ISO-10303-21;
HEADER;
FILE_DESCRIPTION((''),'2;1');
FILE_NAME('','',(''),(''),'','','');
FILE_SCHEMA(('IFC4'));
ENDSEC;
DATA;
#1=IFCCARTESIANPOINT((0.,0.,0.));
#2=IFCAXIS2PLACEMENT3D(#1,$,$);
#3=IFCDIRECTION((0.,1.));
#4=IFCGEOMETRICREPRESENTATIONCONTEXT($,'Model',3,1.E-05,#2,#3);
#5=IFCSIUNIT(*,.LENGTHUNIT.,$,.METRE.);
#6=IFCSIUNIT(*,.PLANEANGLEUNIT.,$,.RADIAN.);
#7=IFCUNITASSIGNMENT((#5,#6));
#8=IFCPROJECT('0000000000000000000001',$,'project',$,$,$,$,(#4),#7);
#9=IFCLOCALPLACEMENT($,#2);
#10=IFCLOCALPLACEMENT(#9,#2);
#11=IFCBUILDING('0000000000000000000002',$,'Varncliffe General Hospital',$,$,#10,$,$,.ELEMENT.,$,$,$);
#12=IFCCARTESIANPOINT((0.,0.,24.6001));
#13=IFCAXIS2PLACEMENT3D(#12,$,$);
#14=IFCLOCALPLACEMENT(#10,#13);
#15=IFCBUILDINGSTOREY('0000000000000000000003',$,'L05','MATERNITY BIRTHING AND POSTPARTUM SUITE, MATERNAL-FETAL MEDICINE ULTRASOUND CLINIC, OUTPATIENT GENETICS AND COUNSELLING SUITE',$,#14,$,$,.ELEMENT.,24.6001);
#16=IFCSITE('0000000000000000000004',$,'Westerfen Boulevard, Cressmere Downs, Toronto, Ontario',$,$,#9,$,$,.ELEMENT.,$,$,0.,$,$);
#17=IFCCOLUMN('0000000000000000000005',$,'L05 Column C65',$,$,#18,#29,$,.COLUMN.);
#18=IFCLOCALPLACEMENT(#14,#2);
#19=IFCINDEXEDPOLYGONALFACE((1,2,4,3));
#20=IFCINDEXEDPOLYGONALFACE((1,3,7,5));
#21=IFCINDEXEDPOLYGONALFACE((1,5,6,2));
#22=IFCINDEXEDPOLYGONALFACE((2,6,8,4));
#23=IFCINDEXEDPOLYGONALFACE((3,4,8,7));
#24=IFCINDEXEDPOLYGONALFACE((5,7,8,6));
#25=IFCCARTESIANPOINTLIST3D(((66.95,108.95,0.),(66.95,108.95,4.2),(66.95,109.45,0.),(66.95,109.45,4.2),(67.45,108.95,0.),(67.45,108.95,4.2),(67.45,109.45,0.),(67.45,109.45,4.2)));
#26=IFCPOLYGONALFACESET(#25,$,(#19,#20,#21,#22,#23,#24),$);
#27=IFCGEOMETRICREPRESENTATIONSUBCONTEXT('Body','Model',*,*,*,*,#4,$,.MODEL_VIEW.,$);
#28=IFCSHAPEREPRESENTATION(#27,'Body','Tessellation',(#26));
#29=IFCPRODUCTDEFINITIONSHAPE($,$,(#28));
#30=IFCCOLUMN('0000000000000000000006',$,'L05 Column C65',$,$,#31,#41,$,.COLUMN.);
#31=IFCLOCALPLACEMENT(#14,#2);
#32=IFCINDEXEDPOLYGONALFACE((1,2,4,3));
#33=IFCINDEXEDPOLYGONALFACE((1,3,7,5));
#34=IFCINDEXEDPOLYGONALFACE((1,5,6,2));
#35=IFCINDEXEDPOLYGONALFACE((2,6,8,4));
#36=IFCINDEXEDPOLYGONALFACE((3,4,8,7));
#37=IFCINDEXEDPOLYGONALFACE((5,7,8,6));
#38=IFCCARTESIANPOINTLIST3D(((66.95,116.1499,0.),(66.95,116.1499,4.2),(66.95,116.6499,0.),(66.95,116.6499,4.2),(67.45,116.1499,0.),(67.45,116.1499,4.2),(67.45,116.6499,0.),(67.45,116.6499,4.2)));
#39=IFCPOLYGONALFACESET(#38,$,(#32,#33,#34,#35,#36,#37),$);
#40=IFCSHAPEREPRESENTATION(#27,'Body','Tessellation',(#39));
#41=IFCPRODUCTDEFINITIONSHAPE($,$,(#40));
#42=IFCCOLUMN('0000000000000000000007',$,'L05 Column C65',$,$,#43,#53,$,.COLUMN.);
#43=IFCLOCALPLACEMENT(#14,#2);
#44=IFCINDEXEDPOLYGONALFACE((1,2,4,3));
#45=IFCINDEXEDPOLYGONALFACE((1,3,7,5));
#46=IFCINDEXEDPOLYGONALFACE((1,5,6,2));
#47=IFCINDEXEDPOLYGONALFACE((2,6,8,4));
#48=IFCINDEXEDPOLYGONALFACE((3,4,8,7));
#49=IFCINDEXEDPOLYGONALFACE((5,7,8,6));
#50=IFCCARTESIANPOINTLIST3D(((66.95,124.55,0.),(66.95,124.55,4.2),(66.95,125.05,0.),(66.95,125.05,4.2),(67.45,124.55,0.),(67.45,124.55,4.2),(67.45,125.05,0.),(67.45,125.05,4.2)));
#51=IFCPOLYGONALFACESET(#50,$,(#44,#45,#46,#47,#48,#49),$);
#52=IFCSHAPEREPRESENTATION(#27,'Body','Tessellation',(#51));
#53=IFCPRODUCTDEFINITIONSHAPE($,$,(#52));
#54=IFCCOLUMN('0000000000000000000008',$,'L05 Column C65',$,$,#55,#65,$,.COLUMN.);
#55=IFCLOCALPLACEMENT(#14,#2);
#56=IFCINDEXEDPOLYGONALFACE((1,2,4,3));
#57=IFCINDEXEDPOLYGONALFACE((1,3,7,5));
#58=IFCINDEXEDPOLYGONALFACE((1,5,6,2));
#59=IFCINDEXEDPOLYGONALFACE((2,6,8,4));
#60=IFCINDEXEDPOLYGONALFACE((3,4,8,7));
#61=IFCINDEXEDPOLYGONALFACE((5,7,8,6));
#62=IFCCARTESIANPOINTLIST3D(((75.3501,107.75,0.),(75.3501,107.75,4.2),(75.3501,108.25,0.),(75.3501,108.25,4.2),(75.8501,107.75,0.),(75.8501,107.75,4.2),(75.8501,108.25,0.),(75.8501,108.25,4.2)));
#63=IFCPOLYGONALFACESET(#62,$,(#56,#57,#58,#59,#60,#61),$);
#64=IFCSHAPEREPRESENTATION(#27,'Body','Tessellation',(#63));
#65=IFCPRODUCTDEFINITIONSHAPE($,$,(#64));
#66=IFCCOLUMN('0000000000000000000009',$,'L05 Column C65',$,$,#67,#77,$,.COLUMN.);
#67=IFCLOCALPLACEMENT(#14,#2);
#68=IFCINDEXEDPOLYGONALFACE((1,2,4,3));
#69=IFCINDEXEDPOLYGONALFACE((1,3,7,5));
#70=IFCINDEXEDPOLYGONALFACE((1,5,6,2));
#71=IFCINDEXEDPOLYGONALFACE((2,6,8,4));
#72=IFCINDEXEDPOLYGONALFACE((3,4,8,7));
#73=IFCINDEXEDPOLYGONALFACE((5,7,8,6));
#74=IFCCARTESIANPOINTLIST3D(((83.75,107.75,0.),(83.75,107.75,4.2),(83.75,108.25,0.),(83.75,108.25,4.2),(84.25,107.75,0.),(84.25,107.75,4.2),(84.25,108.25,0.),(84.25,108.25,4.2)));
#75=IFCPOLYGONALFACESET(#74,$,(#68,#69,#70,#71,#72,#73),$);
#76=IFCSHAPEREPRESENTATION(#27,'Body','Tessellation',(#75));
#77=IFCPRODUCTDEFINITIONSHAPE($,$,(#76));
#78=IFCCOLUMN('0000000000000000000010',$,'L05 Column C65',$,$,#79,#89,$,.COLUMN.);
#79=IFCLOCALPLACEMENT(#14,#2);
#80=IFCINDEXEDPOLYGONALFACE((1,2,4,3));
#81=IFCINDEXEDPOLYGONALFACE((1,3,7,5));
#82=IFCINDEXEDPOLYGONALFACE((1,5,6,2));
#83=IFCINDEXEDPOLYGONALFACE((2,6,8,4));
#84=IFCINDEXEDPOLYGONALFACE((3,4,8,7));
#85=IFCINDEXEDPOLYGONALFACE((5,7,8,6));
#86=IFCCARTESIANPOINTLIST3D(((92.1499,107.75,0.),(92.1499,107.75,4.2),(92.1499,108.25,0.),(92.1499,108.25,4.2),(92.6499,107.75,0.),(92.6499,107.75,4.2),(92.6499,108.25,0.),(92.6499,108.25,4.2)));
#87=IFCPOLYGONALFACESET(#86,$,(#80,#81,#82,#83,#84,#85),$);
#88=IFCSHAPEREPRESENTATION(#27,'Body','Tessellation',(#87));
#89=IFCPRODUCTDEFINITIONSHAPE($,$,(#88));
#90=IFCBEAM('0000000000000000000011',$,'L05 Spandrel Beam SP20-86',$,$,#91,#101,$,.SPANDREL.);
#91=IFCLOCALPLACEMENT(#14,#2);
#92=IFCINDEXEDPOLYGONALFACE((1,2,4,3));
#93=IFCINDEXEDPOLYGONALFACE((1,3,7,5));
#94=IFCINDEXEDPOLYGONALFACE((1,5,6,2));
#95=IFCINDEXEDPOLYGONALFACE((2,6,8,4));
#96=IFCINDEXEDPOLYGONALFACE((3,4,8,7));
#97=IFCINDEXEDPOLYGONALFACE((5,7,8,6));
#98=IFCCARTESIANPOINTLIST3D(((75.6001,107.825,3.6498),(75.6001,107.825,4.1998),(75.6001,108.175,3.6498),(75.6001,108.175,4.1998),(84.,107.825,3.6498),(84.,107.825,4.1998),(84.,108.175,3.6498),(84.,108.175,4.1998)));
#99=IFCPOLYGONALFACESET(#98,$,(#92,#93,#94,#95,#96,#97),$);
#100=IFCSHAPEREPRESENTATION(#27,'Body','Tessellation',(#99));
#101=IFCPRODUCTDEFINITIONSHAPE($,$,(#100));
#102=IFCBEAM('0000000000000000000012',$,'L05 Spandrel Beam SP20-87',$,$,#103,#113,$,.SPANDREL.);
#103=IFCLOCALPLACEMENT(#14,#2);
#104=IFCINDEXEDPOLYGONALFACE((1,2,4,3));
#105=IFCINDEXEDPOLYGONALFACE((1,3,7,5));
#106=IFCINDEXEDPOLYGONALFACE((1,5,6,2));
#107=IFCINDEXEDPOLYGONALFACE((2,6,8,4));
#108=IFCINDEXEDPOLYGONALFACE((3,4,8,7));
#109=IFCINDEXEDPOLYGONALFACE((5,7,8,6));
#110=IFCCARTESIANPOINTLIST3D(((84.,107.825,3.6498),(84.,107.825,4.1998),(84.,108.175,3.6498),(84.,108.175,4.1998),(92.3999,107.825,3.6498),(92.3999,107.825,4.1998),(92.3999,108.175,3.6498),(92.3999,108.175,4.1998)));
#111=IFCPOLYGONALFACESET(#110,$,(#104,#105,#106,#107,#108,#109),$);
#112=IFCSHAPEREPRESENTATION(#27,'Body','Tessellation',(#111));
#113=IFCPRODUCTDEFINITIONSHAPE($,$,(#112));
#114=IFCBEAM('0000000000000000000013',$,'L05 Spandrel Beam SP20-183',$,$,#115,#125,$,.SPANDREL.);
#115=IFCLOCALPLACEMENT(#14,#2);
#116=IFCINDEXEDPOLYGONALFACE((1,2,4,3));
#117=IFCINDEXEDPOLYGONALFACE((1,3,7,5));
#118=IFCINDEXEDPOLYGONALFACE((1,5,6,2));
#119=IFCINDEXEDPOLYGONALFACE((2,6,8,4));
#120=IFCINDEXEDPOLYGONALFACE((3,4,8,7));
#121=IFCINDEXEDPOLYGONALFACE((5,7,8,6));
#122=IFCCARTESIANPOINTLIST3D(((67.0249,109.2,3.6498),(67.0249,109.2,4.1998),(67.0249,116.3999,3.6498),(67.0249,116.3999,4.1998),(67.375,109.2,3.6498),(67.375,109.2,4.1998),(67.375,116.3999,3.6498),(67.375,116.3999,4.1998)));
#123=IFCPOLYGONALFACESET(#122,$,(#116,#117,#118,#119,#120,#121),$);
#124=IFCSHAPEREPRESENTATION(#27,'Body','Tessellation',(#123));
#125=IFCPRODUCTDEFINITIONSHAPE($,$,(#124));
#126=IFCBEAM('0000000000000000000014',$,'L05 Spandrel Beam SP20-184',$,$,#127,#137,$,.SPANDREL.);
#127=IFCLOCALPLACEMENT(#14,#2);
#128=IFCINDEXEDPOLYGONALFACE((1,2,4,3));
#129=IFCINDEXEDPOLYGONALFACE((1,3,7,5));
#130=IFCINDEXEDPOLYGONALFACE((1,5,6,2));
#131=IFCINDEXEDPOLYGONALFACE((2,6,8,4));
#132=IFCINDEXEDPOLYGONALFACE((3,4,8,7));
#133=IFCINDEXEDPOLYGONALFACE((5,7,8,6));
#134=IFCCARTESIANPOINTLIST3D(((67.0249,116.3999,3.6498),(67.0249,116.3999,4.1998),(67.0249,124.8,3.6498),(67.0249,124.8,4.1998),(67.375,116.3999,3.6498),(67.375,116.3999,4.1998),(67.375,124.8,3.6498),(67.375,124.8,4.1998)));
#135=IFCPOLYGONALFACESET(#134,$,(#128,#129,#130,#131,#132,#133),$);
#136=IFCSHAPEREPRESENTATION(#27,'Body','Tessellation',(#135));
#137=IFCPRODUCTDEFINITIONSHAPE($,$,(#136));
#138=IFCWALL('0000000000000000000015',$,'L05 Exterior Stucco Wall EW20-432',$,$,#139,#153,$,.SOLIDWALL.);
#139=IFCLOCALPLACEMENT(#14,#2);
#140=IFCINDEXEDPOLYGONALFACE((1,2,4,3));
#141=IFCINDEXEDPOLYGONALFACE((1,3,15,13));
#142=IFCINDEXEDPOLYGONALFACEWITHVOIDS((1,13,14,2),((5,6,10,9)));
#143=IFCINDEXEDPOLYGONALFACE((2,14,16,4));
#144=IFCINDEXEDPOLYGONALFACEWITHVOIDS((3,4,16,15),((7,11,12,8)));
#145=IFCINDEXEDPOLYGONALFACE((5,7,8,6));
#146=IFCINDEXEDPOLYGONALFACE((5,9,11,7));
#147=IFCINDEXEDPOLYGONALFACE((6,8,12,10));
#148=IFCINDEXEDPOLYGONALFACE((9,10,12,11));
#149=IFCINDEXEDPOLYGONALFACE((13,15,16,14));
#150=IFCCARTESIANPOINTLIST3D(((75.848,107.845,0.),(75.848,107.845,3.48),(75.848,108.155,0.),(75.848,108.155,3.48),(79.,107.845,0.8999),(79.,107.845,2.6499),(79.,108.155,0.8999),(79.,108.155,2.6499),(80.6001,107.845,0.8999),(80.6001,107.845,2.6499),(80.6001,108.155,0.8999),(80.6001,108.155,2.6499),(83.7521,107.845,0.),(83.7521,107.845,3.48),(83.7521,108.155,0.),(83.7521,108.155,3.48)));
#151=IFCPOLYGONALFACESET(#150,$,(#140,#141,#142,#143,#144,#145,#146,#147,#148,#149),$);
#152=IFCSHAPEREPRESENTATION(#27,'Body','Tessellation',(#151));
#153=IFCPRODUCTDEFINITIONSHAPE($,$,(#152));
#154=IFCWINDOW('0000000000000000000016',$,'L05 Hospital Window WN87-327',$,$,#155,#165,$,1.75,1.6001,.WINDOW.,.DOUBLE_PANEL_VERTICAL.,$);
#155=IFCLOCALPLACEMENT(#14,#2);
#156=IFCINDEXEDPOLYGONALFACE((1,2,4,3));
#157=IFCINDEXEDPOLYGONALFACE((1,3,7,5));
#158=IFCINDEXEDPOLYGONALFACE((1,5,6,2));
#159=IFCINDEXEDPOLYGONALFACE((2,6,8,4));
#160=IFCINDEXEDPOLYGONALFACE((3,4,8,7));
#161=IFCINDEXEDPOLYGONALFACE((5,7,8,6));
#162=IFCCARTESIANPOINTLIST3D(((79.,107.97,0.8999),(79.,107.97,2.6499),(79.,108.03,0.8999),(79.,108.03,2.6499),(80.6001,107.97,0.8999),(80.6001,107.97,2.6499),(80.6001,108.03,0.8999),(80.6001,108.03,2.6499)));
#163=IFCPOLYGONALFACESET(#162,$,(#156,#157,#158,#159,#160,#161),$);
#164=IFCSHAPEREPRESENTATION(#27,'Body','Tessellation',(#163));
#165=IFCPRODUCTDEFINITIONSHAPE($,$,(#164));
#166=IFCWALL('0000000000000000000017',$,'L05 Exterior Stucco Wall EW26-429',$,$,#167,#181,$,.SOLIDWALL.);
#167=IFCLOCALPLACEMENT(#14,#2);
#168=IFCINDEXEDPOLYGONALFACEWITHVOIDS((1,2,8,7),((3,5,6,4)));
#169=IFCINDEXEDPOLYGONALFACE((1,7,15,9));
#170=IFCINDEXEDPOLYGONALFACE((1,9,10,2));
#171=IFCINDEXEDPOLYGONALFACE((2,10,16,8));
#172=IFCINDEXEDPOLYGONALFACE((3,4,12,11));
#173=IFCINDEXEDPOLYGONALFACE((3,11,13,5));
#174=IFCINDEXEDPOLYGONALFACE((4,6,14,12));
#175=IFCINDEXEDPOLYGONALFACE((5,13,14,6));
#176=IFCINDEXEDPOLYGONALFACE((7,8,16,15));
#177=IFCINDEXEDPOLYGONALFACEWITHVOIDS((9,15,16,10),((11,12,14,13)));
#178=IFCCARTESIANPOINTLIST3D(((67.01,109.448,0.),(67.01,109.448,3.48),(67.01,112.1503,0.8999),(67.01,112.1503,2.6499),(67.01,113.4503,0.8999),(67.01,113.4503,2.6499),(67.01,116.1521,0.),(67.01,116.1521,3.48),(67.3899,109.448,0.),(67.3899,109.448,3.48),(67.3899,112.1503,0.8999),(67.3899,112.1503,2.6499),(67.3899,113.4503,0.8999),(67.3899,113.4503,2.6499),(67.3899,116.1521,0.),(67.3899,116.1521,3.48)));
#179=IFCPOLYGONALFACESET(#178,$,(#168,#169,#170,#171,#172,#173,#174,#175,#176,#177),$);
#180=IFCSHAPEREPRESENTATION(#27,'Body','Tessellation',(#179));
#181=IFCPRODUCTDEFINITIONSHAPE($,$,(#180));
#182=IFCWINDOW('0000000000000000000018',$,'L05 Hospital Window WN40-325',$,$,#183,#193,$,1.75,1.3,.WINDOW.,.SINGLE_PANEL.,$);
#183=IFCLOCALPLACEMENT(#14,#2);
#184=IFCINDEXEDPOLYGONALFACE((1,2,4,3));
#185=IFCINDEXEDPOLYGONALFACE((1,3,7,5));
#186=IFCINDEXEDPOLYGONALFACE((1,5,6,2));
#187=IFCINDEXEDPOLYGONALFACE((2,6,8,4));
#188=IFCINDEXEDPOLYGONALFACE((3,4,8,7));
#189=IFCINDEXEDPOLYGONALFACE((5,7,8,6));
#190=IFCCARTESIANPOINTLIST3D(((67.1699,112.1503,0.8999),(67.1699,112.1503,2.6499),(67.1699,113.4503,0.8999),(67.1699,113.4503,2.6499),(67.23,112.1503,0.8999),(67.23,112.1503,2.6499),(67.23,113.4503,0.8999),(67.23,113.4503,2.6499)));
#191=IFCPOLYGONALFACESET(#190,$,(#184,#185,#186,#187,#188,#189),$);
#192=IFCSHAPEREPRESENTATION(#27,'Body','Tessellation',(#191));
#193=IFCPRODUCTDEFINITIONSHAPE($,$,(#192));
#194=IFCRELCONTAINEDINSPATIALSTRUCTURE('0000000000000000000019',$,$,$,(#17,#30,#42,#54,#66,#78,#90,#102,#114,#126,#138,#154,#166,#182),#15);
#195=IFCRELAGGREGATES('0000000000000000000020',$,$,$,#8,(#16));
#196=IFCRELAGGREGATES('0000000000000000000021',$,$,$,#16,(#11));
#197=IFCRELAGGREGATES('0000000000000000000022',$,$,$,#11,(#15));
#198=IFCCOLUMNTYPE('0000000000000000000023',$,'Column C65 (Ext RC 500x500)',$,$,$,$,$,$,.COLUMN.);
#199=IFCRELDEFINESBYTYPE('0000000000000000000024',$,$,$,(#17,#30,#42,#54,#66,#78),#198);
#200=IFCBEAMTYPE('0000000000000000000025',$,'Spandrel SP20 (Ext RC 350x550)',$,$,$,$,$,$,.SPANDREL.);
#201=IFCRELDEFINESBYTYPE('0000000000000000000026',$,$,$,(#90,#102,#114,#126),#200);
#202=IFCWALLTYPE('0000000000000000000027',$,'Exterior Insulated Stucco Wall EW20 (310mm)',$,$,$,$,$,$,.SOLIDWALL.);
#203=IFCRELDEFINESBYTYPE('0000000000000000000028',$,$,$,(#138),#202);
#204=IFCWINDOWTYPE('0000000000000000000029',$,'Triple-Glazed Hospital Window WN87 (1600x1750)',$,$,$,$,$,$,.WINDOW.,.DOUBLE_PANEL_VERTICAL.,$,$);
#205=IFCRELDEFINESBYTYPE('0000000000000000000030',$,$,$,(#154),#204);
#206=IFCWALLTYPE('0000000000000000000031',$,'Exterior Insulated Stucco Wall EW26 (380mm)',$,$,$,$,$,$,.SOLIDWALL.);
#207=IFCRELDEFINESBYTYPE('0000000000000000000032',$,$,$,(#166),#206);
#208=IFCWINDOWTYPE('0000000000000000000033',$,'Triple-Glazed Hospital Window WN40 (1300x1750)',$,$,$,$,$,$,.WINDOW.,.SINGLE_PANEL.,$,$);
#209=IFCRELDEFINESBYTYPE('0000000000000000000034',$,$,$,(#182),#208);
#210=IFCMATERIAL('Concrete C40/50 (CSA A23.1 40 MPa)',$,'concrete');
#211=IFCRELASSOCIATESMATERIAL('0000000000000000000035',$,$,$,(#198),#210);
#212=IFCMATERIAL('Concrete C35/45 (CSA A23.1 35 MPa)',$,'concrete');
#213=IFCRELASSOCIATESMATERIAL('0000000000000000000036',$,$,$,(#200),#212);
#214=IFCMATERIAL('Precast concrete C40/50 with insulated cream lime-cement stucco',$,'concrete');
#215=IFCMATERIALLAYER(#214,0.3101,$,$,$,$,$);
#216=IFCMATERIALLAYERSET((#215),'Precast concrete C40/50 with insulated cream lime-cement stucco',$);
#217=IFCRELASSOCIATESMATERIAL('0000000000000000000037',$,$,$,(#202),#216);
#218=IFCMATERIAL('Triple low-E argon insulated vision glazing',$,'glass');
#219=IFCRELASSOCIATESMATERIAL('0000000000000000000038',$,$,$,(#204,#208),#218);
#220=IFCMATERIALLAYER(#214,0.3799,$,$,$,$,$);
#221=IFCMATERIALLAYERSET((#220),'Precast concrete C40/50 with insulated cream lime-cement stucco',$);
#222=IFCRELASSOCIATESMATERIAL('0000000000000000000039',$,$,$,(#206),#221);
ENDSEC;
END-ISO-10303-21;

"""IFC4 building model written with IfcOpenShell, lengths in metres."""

from ifc_helpers import new_model, si_unit, direction, frame, frame_2d, origin, origin_2d, place, context, subcontext, project, spatial, rectangle, extrude, material, layer, layer_set, material_profile, profile_set, type_object, element, fill, save


model = new_model("IFC4")

# Units and contexts
model_context = context("Model", 3, precision=1e-05, world=origin(), true_north=direction((0.0, 1.0)))
body_context = subcontext(model_context, "Body", "Model", "MODEL_VIEW")
ifc_project = project(units=[si_unit("LENGTHUNIT", "METRE"), si_unit("PLANEANGLEUNIT", "RADIAN")], contexts=[model_context])

# Site, building, storey
site_placement = place(None, origin())
site = spatial("IfcSite", under=ifc_project, at=site_placement, Name="Westerfen Boulevard, Cressmere Downs, Toronto, Ontario", CompositionType="ELEMENT", RefElevation=0.0)
building_placement = place(site_placement, origin())
building = spatial("IfcBuilding", under=site, at=building_placement, Name="Varncliffe General Hospital", CompositionType="ELEMENT")
storey_placement = place(building_placement, frame((0.0, 0.0, 24.6001)))
storey = spatial("IfcBuildingStorey", under=building, at=storey_placement, Name="L05", Description="MATERNITY BIRTHING AND POSTPARTUM SUITE, MATERNAL-FETAL MEDICINE ULTRASOUND CLINIC, OUTPATIENT GENETICS AND COUNSELLING SUITE", CompositionType="ELEMENT", Elevation=24.6001)

# Columns
ifc_material_1 = material(Name="Concrete C40/50 (CSA A23.1 40 MPa)", Category="concrete")
ifc_material_profile_1 = material_profile(ifc_material_1, rectangle(XDim=0.5, YDim=0.5, at=origin_2d()), Name="RC 500x500")
ifc_profile_set_1 = profile_set([ifc_material_profile_1], Name="Concrete C40/50 (CSA A23.1 40 MPa)")
column_type = type_object("IfcColumnType", Name="Column C65 (Ext RC 500x500)", PredefinedType="COLUMN", material=ifc_profile_set_1)
for number, where, z_axis, x_axis, name in (
    (1, (67.2, 109.2, 0.0), (0.0, 0.0, 1.0), (1.0, 0.0, 0.0), "L05 Column C65"),
    (2, (67.2, 116.3999, 0.0), (0.0, 0.0, 1.0), (1.0, 0.0, 0.0), "L05 Column C65"),
    (3, (67.2, 124.8, 0.0), (0.0, 0.0, 1.0), (1.0, 0.0, 0.0), "L05 Column C65"),
    (4, (75.6001, 108.0, 0.0), (0.0, 0.0, 1.0), (1.0, 0.0, 0.0), "L05 Column C65"),
    (5, (84.0, 108.0, 0.0), (0.0, 0.0, 1.0), (1.0, 0.0, 0.0), "L05 Column C65"),
    (6, (92.3999, 108.0, 0.0), (0.0, 0.0, 1.0), (1.0, 0.0, 0.0), "L05 Column C65"),
):
    element("IfcColumn", number, at=place(storey_placement, frame(where, z_axis=z_axis, x_axis=x_axis)), inside=storey, type_object=column_type, Name=name, PredefinedType="COLUMN", context=body_context, shape_type="SweptSolid", body=[
        extrude(rectangle(XDim=0.5, YDim=0.5, at=origin_2d()), origin(), (0.0, 0.0, 1.0), 4.2),
    ])

# Beams
ifc_material_2 = material(Name="Concrete C35/45 (CSA A23.1 35 MPa)", Category="concrete")
ifc_material_profile_2 = material_profile(ifc_material_2, rectangle(XDim=0.3501, YDim=0.55, at=origin_2d()), Name="RC 350x550")
ifc_profile_set_2 = profile_set([ifc_material_profile_2], Name="Concrete C35/45 (CSA A23.1 35 MPa)")
beam_type = type_object("IfcBeamType", Name="Spandrel SP20 (Ext RC 350x550)", PredefinedType="SPANDREL", material=ifc_profile_set_2)
for number, where, z_axis, x_axis, name in (
    (7, (75.6001, 108.0, 3.9248), (1.0, 0.0, 0.0), (0.0, 1.0, 0.0), "L05 Spandrel Beam SP20-86"),
    (8, (84.0, 108.0, 3.9248), (1.0, 0.0, 0.0), (0.0, 1.0, 0.0), "L05 Spandrel Beam SP20-87"),
):
    element("IfcBeam", number, at=place(storey_placement, frame(where, z_axis=z_axis, x_axis=x_axis)), inside=storey, type_object=beam_type, Name=name, PredefinedType="SPANDREL", context=body_context, shape_type="SweptSolid", body=[
        extrude(rectangle(XDim=0.3501, YDim=0.55, at=origin_2d()), origin(), (0.0, 0.0, 1.0), 8.3999),
    ])
beam_1_placement = place(storey_placement, frame((67.2, 109.2, 3.9248), z_axis=(0.0, 1.0, 0.0), x_axis=(-1.0, 0.0, 0.0)))
element("IfcBeam", 9, at=beam_1_placement, inside=storey, type_object=beam_type, Name="L05 Spandrel Beam SP20-183", PredefinedType="SPANDREL", context=body_context, shape_type="SweptSolid", body=[
    extrude(rectangle(XDim=0.3501, YDim=0.55, at=origin_2d()), origin(), (0.0, 0.0, 1.0), 7.2),
])
beam_2_placement = place(storey_placement, frame((67.2, 116.3999, 3.9248), z_axis=(0.0, 1.0, 0.0), x_axis=(-1.0, 0.0, 0.0)))
element("IfcBeam", 10, at=beam_2_placement, inside=storey, type_object=beam_type, Name="L05 Spandrel Beam SP20-184", PredefinedType="SPANDREL", context=body_context, shape_type="SweptSolid", body=[
    extrude(rectangle(XDim=0.3501, YDim=0.55, at=origin_2d()), origin(), (0.0, 0.0, 1.0), 8.4001),
])

# Walls, openings, windows
ifc_material_3 = material(Name="Precast concrete C40/50 with insulated cream lime-cement stucco", Category="concrete")
ifc_layer_1 = layer(ifc_material_3, 0.3101)
ifc_layer_set_1 = layer_set([ifc_layer_1], Name="Precast concrete C40/50 with insulated cream lime-cement stucco")
wall_type_1 = type_object("IfcWallType", Name="Exterior Insulated Stucco Wall EW20 (310mm)", PredefinedType="SOLIDWALL", material=ifc_layer_set_1)
wall_1_placement = place(storey_placement, frame((75.8479, 108.0, 0.0), z_axis=(0.0, 0.0, 1.0), x_axis=(1.0, 0.0, 0.0)))
wall_1 = element("IfcWall", 11, at=wall_1_placement, inside=storey, type_object=wall_type_1, Name="L05 Exterior Stucco Wall EW20-432", PredefinedType="SOLIDWALL", context=body_context, shape_type="SweptSolid", body=[
    extrude(rectangle(XDim=7.9041, YDim=0.3101, at=frame_2d((3.9521, 0.0))), origin(), (0.0, 0.0, 1.0), 3.48),
])
opening_1_placement = place(wall_1_placement, frame((3.1521, 0.0, 0.8999)))
opening_1 = element("IfcOpeningElement", 12, at=opening_1_placement, cuts=wall_1, PredefinedType="OPENING", context=body_context, shape_type="SweptSolid", body=[
    extrude(rectangle(XDim=1.6001, YDim=1.75, at=frame_2d((0.8, 0.875))), frame((0.0, 0.165, 0.0), z_axis=(0.0, -1.0, 0.0), x_axis=(1.0, 0.0, 0.0)), (0.0, 0.0, 1.0), 0.3301),
])
ifc_material_4 = material(Name="Triple low-E argon insulated vision glazing", Category="glass")
window_type_1 = type_object("IfcWindowType", Name="Triple-Glazed Hospital Window WN87 (1600x1750)", PartitioningType="DOUBLE_PANEL_VERTICAL", PredefinedType="WINDOW", material=ifc_material_4)
window_1_placement = place(opening_1_placement, origin())
window_1 = element("IfcWindow", 13, at=window_1_placement, inside=storey, type_object=window_type_1, Name="L05 Hospital Window WN87-327", OverallHeight=1.75, OverallWidth=1.6001, PartitioningType="DOUBLE_PANEL_VERTICAL", PredefinedType="WINDOW", context=body_context, shape_type="SweptSolid", body=[
    extrude(rectangle(XDim=1.6001, YDim=1.75, at=frame_2d((0.8, 0.875))), frame((0.0, 0.03, 0.0), z_axis=(0.0, -1.0, 0.0), x_axis=(1.0, 0.0, 0.0)), (0.0, 0.0, 1.0), 0.0601),
])
fill(opening_1, window_1)
ifc_layer_2 = layer(ifc_material_3, 0.3799)
ifc_layer_set_2 = layer_set([ifc_layer_2], Name="Precast concrete C40/50 with insulated cream lime-cement stucco")
wall_type_2 = type_object("IfcWallType", Name="Exterior Insulated Stucco Wall EW26 (380mm)", PredefinedType="SOLIDWALL", material=ifc_layer_set_2)
wall_2_placement = place(storey_placement, frame((67.2, 116.1521, 0.0), z_axis=(0.0, 0.0, 1.0), x_axis=(0.0, -1.0, 0.0)))
wall_2 = element("IfcWall", 14, at=wall_2_placement, inside=storey, type_object=wall_type_2, Name="L05 Exterior Stucco Wall EW26-429", PredefinedType="SOLIDWALL", context=body_context, shape_type="SweptSolid", body=[
    extrude(rectangle(XDim=6.7041, YDim=0.3799, at=frame_2d((3.3521, 0.0))), origin(), (0.0, 0.0, 1.0), 3.48),
])
opening_2_placement = place(wall_2_placement, frame((2.7019, 0.0, 0.8999)))
opening_2 = element("IfcOpeningElement", 15, at=opening_2_placement, cuts=wall_2, PredefinedType="OPENING", context=body_context, shape_type="SweptSolid", body=[
    extrude(rectangle(XDim=1.3, YDim=1.75, at=frame_2d((0.6499, 0.875))), frame((0.0, 0.2, 0.0), z_axis=(0.0, -1.0, 0.0), x_axis=(1.0, 0.0, 0.0)), (0.0, 0.0, 1.0), 0.3999),
])
window_type_2 = type_object("IfcWindowType", Name="Triple-Glazed Hospital Window WN40 (1300x1750)", PartitioningType="SINGLE_PANEL", PredefinedType="WINDOW", material=ifc_material_4)
window_2_placement = place(opening_2_placement, origin())
window_2 = element("IfcWindow", 16, at=window_2_placement, inside=storey, type_object=window_type_2, Name="L05 Hospital Window WN40-325", OverallHeight=1.75, OverallWidth=1.3, PartitioningType="SINGLE_PANEL", PredefinedType="WINDOW", context=body_context, shape_type="SweptSolid", body=[
    extrude(rectangle(XDim=1.3, YDim=1.75, at=frame_2d((0.6499, 0.875))), frame((0.0, 0.03, 0.0), z_axis=(0.0, -1.0, 0.0), x_axis=(1.0, 0.0, 0.0)), (0.0, 0.0, 1.0), 0.0601),
])
fill(opening_2, window_2)

save(model, "model.ifc")
